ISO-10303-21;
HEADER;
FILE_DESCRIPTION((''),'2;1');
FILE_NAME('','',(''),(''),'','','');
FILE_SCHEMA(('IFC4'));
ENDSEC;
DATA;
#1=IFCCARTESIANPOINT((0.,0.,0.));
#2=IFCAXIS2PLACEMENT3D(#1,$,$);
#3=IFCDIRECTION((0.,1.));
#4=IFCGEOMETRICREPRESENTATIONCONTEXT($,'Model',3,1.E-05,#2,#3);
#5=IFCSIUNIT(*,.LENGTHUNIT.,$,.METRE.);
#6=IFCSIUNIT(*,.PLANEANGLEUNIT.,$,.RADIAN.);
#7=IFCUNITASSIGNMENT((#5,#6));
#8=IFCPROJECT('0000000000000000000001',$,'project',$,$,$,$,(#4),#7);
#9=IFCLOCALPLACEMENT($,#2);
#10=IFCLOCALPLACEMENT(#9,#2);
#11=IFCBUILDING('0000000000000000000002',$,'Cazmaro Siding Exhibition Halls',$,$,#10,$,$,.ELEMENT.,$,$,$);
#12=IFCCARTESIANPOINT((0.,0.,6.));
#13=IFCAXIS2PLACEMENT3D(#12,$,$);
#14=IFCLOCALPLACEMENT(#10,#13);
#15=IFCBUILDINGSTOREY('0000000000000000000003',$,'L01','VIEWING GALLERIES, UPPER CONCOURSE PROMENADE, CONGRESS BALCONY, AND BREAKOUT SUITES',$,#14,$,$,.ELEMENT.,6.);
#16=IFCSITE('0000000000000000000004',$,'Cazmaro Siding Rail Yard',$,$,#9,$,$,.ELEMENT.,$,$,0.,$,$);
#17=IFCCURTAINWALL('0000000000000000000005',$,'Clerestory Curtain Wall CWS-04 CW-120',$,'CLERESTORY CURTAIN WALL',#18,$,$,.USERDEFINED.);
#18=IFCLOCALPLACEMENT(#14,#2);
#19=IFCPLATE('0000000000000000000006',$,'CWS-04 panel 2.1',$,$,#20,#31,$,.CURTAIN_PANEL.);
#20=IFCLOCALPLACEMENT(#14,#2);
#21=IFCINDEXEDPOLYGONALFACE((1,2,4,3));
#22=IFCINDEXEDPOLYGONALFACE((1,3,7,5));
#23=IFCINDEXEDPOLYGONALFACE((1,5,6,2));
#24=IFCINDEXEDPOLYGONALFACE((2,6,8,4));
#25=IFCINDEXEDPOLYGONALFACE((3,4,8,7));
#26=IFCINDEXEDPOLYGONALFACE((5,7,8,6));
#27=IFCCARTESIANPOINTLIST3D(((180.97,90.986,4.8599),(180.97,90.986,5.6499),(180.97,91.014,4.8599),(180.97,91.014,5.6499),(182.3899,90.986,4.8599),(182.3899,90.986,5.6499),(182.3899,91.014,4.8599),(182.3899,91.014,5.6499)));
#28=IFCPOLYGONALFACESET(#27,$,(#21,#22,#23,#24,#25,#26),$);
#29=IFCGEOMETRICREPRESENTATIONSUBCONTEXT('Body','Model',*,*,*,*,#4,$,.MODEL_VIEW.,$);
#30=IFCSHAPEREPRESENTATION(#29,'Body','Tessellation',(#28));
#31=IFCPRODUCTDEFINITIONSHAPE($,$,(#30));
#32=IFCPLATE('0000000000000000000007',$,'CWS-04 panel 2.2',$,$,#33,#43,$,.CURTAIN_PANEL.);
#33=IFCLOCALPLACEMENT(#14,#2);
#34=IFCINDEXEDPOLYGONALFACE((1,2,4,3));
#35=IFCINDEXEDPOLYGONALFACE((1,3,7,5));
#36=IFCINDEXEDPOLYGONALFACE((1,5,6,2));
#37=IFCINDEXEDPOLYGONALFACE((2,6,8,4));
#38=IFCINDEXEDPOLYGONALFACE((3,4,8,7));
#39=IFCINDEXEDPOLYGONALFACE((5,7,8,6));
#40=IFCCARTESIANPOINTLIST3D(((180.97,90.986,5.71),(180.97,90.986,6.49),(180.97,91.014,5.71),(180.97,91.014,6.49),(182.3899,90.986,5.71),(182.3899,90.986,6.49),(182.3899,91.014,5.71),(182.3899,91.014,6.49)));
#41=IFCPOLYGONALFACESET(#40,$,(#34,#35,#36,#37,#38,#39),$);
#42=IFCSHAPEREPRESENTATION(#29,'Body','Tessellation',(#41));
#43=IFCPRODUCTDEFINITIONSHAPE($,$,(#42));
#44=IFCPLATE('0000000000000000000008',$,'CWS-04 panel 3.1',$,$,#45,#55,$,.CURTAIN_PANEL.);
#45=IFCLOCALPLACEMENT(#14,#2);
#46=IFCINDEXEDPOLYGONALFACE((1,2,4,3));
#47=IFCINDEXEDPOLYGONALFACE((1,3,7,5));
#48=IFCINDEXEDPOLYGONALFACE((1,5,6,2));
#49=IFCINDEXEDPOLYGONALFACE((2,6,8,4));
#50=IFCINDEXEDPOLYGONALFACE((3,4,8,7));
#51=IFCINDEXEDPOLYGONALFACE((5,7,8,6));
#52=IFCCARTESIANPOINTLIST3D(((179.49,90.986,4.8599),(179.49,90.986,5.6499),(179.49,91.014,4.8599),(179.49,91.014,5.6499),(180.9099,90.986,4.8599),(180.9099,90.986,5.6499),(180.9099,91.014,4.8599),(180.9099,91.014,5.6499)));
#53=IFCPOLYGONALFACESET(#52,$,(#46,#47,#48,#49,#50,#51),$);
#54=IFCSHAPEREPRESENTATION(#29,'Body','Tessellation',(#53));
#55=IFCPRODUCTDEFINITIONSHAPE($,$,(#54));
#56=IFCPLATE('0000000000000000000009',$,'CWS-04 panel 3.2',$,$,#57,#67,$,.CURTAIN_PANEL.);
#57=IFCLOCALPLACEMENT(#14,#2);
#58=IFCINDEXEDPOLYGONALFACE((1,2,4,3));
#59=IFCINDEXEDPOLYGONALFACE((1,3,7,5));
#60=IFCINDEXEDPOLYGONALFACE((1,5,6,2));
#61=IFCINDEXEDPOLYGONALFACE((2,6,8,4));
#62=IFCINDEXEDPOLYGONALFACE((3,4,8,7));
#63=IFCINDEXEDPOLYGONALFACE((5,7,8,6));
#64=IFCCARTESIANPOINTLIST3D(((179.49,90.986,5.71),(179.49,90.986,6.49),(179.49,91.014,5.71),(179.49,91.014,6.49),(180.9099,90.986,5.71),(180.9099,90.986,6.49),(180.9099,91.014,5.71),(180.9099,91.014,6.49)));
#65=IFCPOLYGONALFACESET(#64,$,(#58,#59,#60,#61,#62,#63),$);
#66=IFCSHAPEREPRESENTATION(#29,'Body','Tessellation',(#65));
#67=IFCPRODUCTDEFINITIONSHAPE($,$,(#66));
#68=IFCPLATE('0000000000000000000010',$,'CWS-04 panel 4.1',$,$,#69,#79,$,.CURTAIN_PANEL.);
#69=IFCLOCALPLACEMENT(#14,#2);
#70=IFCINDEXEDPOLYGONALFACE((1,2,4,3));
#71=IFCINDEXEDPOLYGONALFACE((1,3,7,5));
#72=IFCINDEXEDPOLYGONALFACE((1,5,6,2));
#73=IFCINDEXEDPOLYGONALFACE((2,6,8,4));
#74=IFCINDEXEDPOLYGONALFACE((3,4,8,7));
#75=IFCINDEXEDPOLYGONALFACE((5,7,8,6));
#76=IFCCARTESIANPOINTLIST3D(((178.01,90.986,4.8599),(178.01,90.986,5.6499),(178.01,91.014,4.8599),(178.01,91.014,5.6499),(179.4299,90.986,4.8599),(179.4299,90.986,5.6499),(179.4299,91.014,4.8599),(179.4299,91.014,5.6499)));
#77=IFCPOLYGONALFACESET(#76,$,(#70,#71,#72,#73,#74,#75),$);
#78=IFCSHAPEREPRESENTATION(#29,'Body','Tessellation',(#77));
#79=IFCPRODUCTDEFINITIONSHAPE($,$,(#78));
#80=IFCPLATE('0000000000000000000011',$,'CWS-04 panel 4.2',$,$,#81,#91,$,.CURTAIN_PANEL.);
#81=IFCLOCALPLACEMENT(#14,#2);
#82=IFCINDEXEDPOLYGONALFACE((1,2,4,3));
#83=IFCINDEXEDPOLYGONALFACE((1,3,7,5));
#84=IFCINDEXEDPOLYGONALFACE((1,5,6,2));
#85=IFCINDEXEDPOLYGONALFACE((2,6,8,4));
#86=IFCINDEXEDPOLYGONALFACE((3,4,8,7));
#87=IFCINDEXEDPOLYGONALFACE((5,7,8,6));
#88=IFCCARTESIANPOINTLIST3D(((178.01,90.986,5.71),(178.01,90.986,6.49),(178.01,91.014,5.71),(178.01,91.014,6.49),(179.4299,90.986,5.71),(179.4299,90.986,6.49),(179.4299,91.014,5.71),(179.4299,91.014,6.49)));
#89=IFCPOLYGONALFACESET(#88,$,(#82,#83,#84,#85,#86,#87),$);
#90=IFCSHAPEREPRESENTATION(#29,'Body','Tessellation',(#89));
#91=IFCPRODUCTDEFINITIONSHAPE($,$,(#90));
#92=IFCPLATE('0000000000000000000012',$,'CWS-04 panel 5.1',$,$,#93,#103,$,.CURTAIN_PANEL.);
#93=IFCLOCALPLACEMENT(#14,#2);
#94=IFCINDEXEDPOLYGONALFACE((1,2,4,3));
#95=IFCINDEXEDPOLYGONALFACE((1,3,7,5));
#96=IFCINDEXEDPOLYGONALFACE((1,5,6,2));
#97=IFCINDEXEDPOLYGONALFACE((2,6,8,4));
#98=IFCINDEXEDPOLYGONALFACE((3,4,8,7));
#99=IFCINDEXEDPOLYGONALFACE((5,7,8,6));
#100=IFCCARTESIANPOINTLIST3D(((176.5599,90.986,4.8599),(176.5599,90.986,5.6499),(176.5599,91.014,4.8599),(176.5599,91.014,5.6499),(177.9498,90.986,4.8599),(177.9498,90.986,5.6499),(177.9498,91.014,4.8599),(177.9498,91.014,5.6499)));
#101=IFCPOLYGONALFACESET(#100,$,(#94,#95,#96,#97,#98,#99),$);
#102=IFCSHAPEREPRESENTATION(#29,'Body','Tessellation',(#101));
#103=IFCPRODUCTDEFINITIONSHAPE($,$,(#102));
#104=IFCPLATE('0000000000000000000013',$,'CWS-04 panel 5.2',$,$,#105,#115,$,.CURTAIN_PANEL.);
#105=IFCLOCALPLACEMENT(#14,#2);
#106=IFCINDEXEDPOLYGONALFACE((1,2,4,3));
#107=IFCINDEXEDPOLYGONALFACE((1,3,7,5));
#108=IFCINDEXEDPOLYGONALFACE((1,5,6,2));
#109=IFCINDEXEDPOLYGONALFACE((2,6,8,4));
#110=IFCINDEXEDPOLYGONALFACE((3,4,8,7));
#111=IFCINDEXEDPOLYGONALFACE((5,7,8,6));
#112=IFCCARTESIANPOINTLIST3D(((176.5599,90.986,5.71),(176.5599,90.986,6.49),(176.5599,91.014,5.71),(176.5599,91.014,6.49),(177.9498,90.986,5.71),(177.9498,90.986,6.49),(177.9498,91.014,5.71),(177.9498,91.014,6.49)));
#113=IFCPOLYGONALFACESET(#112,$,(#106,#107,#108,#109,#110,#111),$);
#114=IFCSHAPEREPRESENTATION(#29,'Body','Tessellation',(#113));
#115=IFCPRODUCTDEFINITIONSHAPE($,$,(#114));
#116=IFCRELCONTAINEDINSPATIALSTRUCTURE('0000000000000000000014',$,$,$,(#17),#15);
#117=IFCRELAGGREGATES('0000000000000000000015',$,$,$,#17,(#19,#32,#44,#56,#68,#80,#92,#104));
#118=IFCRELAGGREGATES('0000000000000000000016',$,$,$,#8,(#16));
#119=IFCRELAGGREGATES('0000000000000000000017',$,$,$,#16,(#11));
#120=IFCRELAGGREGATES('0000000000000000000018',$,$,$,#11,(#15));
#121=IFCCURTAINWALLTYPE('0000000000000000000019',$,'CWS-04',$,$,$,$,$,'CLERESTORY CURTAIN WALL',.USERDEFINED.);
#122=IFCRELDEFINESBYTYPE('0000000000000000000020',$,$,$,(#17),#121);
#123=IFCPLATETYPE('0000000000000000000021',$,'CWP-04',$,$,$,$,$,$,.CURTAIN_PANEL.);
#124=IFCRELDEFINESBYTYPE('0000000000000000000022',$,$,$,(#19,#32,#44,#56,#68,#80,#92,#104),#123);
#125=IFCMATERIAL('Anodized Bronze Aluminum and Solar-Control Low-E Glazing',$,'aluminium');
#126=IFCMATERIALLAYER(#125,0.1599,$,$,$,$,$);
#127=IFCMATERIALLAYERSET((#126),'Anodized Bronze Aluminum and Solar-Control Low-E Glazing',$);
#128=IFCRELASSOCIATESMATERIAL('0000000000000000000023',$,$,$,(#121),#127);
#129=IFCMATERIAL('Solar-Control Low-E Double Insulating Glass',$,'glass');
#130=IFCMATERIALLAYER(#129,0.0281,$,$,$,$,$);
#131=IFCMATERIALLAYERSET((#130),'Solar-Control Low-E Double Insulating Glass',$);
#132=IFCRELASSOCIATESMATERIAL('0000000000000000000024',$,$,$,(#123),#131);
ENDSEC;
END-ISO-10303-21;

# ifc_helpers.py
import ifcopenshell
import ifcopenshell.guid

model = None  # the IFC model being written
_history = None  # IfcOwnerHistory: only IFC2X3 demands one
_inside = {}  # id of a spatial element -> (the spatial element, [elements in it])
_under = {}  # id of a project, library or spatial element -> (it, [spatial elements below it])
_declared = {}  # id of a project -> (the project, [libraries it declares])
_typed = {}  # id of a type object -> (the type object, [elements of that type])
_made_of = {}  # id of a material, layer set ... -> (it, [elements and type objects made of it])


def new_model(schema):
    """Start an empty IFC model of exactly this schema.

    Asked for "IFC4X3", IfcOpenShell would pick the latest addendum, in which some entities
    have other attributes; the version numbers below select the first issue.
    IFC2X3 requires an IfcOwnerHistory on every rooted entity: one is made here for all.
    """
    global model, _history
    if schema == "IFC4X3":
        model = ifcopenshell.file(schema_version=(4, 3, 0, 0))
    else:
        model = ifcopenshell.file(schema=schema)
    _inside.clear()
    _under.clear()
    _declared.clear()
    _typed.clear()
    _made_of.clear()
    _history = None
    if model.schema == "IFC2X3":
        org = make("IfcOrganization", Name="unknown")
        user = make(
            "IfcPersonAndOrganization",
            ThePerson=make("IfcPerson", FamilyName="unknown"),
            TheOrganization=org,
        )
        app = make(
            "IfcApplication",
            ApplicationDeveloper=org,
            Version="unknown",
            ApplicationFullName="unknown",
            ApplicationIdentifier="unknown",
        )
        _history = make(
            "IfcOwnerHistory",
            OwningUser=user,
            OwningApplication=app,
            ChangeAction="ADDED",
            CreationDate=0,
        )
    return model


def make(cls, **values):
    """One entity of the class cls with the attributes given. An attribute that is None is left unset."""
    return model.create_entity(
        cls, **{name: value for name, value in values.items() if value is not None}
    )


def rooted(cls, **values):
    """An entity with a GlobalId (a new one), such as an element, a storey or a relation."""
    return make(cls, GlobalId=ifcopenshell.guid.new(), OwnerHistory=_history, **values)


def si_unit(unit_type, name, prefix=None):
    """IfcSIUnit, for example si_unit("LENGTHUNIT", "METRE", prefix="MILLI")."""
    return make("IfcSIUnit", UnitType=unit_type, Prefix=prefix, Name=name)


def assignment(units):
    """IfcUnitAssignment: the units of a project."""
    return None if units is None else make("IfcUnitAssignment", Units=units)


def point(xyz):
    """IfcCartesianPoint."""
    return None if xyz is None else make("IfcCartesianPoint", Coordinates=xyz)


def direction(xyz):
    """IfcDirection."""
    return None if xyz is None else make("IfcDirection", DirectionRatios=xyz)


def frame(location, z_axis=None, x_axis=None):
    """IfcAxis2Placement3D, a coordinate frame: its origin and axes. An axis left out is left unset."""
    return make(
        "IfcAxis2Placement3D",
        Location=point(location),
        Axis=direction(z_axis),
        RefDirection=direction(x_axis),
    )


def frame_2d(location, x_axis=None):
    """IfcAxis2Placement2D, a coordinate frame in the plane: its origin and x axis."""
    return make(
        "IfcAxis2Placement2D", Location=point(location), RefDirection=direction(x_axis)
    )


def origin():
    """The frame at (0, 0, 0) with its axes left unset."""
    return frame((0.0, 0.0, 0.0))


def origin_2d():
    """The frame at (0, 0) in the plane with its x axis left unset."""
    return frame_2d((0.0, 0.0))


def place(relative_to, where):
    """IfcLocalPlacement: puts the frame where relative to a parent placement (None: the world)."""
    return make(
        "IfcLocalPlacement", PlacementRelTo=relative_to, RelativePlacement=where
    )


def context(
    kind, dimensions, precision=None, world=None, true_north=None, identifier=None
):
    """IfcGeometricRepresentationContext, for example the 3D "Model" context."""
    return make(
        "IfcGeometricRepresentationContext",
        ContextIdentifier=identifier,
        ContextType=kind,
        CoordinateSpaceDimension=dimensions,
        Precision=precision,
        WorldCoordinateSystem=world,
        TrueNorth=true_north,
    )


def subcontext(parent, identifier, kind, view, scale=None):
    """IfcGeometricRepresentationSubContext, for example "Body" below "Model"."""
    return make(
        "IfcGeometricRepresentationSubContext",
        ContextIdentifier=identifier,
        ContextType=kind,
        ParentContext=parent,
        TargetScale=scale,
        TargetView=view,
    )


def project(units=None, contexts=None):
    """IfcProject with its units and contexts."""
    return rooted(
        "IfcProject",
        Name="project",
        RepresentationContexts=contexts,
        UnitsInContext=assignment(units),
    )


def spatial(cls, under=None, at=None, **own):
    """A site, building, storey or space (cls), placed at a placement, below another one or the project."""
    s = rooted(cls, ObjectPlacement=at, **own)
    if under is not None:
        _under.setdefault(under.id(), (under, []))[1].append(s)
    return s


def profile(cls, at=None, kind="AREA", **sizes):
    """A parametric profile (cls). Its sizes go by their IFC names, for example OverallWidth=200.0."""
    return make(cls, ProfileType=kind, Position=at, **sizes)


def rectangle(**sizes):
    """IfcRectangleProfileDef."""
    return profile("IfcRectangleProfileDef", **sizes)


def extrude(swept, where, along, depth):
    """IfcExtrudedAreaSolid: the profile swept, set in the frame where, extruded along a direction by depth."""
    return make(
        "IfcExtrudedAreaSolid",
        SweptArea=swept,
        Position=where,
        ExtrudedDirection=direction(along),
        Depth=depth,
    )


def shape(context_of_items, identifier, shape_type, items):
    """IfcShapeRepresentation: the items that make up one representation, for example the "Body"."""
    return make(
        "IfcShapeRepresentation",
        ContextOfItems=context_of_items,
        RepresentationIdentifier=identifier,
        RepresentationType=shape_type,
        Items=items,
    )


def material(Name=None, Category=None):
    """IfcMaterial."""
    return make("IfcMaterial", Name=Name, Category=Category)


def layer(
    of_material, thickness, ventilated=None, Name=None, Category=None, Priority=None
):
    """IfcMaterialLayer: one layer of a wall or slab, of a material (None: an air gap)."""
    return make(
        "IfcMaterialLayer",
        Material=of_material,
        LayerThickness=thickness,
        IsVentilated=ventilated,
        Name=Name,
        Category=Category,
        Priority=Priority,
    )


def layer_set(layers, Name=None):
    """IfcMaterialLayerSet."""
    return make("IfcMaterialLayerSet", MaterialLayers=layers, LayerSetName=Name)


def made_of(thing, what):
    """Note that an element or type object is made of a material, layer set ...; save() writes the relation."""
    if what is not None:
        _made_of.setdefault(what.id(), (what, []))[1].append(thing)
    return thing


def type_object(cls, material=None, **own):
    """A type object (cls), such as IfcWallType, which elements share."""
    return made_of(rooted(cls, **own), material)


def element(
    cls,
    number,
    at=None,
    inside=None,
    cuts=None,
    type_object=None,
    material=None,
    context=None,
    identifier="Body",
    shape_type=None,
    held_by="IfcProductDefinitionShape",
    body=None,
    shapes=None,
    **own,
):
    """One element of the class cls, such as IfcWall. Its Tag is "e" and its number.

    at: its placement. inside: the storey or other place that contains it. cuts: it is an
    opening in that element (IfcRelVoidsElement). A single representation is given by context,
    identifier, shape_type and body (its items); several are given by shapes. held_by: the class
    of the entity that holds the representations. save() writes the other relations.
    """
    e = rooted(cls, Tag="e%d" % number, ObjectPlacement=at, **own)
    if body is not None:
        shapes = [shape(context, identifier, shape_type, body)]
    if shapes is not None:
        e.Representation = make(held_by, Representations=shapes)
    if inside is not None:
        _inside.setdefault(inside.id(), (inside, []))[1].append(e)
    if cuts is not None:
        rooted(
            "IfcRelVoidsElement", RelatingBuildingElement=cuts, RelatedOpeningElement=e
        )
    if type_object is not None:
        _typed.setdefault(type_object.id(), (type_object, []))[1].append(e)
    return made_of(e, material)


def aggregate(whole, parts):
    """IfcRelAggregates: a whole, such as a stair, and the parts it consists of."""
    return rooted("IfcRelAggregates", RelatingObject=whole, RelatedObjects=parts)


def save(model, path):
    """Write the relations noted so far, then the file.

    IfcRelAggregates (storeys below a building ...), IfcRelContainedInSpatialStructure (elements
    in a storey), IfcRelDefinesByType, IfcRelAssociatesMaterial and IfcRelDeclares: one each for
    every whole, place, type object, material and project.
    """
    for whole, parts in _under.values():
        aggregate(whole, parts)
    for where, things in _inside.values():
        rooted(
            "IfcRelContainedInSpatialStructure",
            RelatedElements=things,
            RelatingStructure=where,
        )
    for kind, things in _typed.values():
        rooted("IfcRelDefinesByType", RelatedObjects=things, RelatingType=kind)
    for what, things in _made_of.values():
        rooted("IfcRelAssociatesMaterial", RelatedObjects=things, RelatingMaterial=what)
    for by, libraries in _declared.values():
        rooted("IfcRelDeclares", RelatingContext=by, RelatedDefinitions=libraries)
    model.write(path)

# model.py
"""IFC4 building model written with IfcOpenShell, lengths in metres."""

from ifc_helpers import new_model, si_unit, direction, frame, origin, origin_2d, place, context, subcontext, project, spatial, rectangle, extrude, material, layer, layer_set, type_object, element, aggregate, save


model = new_model("IFC4")

# Units and contexts
model_context = context("Model", 3, precision=1e-05, world=origin(), true_north=direction((0.0, 1.0)))
body_context = subcontext(model_context, "Body", "Model", "MODEL_VIEW")
ifc_project = project(units=[si_unit("LENGTHUNIT", "METRE"), si_unit("PLANEANGLEUNIT", "RADIAN")], contexts=[model_context])

# Site, building, storey
site_placement = place(None, origin())
site = spatial("IfcSite", under=ifc_project, at=site_placement, Name="Cazmaro Siding Rail Yard", CompositionType="ELEMENT", RefElevation=0.0)
building_placement = place(site_placement, origin())
building = spatial("IfcBuilding", under=site, at=building_placement, Name="Cazmaro Siding Exhibition Halls", CompositionType="ELEMENT")
storey_placement = place(building_placement, frame((0.0, 0.0, 6.0)))
storey = spatial("IfcBuildingStorey", under=building, at=storey_placement, Name="L01", Description="VIEWING GALLERIES, UPPER CONCOURSE PROMENADE, CONGRESS BALCONY, AND BREAKOUT SUITES", CompositionType="ELEMENT", Elevation=6.0)

# Curtain wall, plates
ifc_material_1 = material(Name="Anodized Bronze Aluminum and Solar-Control Low-E Glazing", Category="aluminium")
ifc_layer_1 = layer(ifc_material_1, 0.1599)
ifc_layer_set_1 = layer_set([ifc_layer_1], Name="Anodized Bronze Aluminum and Solar-Control Low-E Glazing")
curtain_wall_type = type_object("IfcCurtainWallType", Name="CWS-04", ElementType="CLERESTORY CURTAIN WALL", PredefinedType="USERDEFINED", material=ifc_layer_set_1)
curtain_wall_placement = place(storey_placement, origin())
curtain_wall = element("IfcCurtainWall", 1, at=curtain_wall_placement, inside=storey, type_object=curtain_wall_type, Name="Clerestory Curtain Wall CWS-04 CW-120", ObjectType="CLERESTORY CURTAIN WALL", PredefinedType="USERDEFINED")
ifc_material_2 = material(Name="Solar-Control Low-E Double Insulating Glass", Category="glass")
ifc_layer_2 = layer(ifc_material_2, 0.0281)
ifc_layer_set_2 = layer_set([ifc_layer_2], Name="Solar-Control Low-E Double Insulating Glass")
plate_type = type_object("IfcPlateType", Name="CWP-04", PredefinedType="CURTAIN_PANEL", material=ifc_layer_set_2)
plate_1_placement = place(storey_placement, frame((181.6799, 91.0, 4.8599), z_axis=(0.0, 0.0, 1.0), x_axis=(-1.0, 0.0, 0.0)))
plate_1 = element("IfcPlate", 2, at=plate_1_placement, type_object=plate_type, Name="CWS-04 panel 2.1", PredefinedType="CURTAIN_PANEL", context=body_context, shape_type="SweptSolid", body=[
    extrude(rectangle(XDim=1.4199, YDim=0.0281, at=origin_2d()), origin(), (0.0, 0.0, 1.0), 0.79),
])
plate_2_placement = place(storey_placement, frame((181.6799, 91.0, 5.71), z_axis=(0.0, 0.0, 1.0), x_axis=(-1.0, 0.0, 0.0)))
plate_2 = element("IfcPlate", 3, at=plate_2_placement, type_object=plate_type, Name="CWS-04 panel 2.2", PredefinedType="CURTAIN_PANEL", context=body_context, shape_type="SweptSolid", body=[
    extrude(rectangle(XDim=1.4199, YDim=0.0281, at=origin_2d()), origin(), (0.0, 0.0, 1.0), 0.78),
])
plate_3_placement = place(storey_placement, frame((180.2, 91.0, 4.8599), z_axis=(0.0, 0.0, 1.0), x_axis=(-1.0, 0.0, 0.0)))
plate_3 = element("IfcPlate", 4, at=plate_3_placement, type_object=plate_type, Name="CWS-04 panel 3.1", PredefinedType="CURTAIN_PANEL", context=body_context, shape_type="SweptSolid", body=[
    extrude(rectangle(XDim=1.4199, YDim=0.0281, at=origin_2d()), origin(), (0.0, 0.0, 1.0), 0.79),
])
plate_4_placement = place(storey_placement, frame((180.2, 91.0, 5.71), z_axis=(0.0, 0.0, 1.0), x_axis=(-1.0, 0.0, 0.0)))
plate_4 = element("IfcPlate", 5, at=plate_4_placement, type_object=plate_type, Name="CWS-04 panel 3.2", PredefinedType="CURTAIN_PANEL", context=body_context, shape_type="SweptSolid", body=[
    extrude(rectangle(XDim=1.4199, YDim=0.0281, at=origin_2d()), origin(), (0.0, 0.0, 1.0), 0.78),
])
plate_5_placement = place(storey_placement, frame((178.72, 91.0, 4.8599), z_axis=(0.0, 0.0, 1.0), x_axis=(-1.0, 0.0, 0.0)))
plate_5 = element("IfcPlate", 6, at=plate_5_placement, type_object=plate_type, Name="CWS-04 panel 4.1", PredefinedType="CURTAIN_PANEL", context=body_context, shape_type="SweptSolid", body=[
    extrude(rectangle(XDim=1.4199, YDim=0.0281, at=origin_2d()), origin(), (0.0, 0.0, 1.0), 0.79),
])
plate_6_placement = place(storey_placement, frame((178.72, 91.0, 5.71), z_axis=(0.0, 0.0, 1.0), x_axis=(-1.0, 0.0, 0.0)))
plate_6 = element("IfcPlate", 7, at=plate_6_placement, type_object=plate_type, Name="CWS-04 panel 4.2", PredefinedType="CURTAIN_PANEL", context=body_context, shape_type="SweptSolid", body=[
    extrude(rectangle(XDim=1.4199, YDim=0.0281, at=origin_2d()), origin(), (0.0, 0.0, 1.0), 0.78),
])
plate_7_placement = place(storey_placement, frame((177.2549, 91.0, 4.8599), z_axis=(0.0, 0.0, 1.0), x_axis=(-1.0, 0.0, 0.0)))
plate_7 = element("IfcPlate", 8, at=plate_7_placement, type_object=plate_type, Name="CWS-04 panel 5.1", PredefinedType="CURTAIN_PANEL", context=body_context, shape_type="SweptSolid", body=[
    extrude(rectangle(XDim=1.3899, YDim=0.0281, at=origin_2d()), origin(), (0.0, 0.0, 1.0), 0.79),
])
plate_8_placement = place(storey_placement, frame((177.2549, 91.0, 5.71), z_axis=(0.0, 0.0, 1.0), x_axis=(-1.0, 0.0, 0.0)))
plate_8 = element("IfcPlate", 9, at=plate_8_placement, type_object=plate_type, Name="CWS-04 panel 5.2", PredefinedType="CURTAIN_PANEL", context=body_context, shape_type="SweptSolid", body=[
    extrude(rectangle(XDim=1.3899, YDim=0.0281, at=origin_2d()), origin(), (0.0, 0.0, 1.0), 0.78),
])
aggregate(curtain_wall, [plate_1, plate_2, plate_3, plate_4, plate_5, plate_6, plate_7, plate_8])

save(model, "model.ifc")
